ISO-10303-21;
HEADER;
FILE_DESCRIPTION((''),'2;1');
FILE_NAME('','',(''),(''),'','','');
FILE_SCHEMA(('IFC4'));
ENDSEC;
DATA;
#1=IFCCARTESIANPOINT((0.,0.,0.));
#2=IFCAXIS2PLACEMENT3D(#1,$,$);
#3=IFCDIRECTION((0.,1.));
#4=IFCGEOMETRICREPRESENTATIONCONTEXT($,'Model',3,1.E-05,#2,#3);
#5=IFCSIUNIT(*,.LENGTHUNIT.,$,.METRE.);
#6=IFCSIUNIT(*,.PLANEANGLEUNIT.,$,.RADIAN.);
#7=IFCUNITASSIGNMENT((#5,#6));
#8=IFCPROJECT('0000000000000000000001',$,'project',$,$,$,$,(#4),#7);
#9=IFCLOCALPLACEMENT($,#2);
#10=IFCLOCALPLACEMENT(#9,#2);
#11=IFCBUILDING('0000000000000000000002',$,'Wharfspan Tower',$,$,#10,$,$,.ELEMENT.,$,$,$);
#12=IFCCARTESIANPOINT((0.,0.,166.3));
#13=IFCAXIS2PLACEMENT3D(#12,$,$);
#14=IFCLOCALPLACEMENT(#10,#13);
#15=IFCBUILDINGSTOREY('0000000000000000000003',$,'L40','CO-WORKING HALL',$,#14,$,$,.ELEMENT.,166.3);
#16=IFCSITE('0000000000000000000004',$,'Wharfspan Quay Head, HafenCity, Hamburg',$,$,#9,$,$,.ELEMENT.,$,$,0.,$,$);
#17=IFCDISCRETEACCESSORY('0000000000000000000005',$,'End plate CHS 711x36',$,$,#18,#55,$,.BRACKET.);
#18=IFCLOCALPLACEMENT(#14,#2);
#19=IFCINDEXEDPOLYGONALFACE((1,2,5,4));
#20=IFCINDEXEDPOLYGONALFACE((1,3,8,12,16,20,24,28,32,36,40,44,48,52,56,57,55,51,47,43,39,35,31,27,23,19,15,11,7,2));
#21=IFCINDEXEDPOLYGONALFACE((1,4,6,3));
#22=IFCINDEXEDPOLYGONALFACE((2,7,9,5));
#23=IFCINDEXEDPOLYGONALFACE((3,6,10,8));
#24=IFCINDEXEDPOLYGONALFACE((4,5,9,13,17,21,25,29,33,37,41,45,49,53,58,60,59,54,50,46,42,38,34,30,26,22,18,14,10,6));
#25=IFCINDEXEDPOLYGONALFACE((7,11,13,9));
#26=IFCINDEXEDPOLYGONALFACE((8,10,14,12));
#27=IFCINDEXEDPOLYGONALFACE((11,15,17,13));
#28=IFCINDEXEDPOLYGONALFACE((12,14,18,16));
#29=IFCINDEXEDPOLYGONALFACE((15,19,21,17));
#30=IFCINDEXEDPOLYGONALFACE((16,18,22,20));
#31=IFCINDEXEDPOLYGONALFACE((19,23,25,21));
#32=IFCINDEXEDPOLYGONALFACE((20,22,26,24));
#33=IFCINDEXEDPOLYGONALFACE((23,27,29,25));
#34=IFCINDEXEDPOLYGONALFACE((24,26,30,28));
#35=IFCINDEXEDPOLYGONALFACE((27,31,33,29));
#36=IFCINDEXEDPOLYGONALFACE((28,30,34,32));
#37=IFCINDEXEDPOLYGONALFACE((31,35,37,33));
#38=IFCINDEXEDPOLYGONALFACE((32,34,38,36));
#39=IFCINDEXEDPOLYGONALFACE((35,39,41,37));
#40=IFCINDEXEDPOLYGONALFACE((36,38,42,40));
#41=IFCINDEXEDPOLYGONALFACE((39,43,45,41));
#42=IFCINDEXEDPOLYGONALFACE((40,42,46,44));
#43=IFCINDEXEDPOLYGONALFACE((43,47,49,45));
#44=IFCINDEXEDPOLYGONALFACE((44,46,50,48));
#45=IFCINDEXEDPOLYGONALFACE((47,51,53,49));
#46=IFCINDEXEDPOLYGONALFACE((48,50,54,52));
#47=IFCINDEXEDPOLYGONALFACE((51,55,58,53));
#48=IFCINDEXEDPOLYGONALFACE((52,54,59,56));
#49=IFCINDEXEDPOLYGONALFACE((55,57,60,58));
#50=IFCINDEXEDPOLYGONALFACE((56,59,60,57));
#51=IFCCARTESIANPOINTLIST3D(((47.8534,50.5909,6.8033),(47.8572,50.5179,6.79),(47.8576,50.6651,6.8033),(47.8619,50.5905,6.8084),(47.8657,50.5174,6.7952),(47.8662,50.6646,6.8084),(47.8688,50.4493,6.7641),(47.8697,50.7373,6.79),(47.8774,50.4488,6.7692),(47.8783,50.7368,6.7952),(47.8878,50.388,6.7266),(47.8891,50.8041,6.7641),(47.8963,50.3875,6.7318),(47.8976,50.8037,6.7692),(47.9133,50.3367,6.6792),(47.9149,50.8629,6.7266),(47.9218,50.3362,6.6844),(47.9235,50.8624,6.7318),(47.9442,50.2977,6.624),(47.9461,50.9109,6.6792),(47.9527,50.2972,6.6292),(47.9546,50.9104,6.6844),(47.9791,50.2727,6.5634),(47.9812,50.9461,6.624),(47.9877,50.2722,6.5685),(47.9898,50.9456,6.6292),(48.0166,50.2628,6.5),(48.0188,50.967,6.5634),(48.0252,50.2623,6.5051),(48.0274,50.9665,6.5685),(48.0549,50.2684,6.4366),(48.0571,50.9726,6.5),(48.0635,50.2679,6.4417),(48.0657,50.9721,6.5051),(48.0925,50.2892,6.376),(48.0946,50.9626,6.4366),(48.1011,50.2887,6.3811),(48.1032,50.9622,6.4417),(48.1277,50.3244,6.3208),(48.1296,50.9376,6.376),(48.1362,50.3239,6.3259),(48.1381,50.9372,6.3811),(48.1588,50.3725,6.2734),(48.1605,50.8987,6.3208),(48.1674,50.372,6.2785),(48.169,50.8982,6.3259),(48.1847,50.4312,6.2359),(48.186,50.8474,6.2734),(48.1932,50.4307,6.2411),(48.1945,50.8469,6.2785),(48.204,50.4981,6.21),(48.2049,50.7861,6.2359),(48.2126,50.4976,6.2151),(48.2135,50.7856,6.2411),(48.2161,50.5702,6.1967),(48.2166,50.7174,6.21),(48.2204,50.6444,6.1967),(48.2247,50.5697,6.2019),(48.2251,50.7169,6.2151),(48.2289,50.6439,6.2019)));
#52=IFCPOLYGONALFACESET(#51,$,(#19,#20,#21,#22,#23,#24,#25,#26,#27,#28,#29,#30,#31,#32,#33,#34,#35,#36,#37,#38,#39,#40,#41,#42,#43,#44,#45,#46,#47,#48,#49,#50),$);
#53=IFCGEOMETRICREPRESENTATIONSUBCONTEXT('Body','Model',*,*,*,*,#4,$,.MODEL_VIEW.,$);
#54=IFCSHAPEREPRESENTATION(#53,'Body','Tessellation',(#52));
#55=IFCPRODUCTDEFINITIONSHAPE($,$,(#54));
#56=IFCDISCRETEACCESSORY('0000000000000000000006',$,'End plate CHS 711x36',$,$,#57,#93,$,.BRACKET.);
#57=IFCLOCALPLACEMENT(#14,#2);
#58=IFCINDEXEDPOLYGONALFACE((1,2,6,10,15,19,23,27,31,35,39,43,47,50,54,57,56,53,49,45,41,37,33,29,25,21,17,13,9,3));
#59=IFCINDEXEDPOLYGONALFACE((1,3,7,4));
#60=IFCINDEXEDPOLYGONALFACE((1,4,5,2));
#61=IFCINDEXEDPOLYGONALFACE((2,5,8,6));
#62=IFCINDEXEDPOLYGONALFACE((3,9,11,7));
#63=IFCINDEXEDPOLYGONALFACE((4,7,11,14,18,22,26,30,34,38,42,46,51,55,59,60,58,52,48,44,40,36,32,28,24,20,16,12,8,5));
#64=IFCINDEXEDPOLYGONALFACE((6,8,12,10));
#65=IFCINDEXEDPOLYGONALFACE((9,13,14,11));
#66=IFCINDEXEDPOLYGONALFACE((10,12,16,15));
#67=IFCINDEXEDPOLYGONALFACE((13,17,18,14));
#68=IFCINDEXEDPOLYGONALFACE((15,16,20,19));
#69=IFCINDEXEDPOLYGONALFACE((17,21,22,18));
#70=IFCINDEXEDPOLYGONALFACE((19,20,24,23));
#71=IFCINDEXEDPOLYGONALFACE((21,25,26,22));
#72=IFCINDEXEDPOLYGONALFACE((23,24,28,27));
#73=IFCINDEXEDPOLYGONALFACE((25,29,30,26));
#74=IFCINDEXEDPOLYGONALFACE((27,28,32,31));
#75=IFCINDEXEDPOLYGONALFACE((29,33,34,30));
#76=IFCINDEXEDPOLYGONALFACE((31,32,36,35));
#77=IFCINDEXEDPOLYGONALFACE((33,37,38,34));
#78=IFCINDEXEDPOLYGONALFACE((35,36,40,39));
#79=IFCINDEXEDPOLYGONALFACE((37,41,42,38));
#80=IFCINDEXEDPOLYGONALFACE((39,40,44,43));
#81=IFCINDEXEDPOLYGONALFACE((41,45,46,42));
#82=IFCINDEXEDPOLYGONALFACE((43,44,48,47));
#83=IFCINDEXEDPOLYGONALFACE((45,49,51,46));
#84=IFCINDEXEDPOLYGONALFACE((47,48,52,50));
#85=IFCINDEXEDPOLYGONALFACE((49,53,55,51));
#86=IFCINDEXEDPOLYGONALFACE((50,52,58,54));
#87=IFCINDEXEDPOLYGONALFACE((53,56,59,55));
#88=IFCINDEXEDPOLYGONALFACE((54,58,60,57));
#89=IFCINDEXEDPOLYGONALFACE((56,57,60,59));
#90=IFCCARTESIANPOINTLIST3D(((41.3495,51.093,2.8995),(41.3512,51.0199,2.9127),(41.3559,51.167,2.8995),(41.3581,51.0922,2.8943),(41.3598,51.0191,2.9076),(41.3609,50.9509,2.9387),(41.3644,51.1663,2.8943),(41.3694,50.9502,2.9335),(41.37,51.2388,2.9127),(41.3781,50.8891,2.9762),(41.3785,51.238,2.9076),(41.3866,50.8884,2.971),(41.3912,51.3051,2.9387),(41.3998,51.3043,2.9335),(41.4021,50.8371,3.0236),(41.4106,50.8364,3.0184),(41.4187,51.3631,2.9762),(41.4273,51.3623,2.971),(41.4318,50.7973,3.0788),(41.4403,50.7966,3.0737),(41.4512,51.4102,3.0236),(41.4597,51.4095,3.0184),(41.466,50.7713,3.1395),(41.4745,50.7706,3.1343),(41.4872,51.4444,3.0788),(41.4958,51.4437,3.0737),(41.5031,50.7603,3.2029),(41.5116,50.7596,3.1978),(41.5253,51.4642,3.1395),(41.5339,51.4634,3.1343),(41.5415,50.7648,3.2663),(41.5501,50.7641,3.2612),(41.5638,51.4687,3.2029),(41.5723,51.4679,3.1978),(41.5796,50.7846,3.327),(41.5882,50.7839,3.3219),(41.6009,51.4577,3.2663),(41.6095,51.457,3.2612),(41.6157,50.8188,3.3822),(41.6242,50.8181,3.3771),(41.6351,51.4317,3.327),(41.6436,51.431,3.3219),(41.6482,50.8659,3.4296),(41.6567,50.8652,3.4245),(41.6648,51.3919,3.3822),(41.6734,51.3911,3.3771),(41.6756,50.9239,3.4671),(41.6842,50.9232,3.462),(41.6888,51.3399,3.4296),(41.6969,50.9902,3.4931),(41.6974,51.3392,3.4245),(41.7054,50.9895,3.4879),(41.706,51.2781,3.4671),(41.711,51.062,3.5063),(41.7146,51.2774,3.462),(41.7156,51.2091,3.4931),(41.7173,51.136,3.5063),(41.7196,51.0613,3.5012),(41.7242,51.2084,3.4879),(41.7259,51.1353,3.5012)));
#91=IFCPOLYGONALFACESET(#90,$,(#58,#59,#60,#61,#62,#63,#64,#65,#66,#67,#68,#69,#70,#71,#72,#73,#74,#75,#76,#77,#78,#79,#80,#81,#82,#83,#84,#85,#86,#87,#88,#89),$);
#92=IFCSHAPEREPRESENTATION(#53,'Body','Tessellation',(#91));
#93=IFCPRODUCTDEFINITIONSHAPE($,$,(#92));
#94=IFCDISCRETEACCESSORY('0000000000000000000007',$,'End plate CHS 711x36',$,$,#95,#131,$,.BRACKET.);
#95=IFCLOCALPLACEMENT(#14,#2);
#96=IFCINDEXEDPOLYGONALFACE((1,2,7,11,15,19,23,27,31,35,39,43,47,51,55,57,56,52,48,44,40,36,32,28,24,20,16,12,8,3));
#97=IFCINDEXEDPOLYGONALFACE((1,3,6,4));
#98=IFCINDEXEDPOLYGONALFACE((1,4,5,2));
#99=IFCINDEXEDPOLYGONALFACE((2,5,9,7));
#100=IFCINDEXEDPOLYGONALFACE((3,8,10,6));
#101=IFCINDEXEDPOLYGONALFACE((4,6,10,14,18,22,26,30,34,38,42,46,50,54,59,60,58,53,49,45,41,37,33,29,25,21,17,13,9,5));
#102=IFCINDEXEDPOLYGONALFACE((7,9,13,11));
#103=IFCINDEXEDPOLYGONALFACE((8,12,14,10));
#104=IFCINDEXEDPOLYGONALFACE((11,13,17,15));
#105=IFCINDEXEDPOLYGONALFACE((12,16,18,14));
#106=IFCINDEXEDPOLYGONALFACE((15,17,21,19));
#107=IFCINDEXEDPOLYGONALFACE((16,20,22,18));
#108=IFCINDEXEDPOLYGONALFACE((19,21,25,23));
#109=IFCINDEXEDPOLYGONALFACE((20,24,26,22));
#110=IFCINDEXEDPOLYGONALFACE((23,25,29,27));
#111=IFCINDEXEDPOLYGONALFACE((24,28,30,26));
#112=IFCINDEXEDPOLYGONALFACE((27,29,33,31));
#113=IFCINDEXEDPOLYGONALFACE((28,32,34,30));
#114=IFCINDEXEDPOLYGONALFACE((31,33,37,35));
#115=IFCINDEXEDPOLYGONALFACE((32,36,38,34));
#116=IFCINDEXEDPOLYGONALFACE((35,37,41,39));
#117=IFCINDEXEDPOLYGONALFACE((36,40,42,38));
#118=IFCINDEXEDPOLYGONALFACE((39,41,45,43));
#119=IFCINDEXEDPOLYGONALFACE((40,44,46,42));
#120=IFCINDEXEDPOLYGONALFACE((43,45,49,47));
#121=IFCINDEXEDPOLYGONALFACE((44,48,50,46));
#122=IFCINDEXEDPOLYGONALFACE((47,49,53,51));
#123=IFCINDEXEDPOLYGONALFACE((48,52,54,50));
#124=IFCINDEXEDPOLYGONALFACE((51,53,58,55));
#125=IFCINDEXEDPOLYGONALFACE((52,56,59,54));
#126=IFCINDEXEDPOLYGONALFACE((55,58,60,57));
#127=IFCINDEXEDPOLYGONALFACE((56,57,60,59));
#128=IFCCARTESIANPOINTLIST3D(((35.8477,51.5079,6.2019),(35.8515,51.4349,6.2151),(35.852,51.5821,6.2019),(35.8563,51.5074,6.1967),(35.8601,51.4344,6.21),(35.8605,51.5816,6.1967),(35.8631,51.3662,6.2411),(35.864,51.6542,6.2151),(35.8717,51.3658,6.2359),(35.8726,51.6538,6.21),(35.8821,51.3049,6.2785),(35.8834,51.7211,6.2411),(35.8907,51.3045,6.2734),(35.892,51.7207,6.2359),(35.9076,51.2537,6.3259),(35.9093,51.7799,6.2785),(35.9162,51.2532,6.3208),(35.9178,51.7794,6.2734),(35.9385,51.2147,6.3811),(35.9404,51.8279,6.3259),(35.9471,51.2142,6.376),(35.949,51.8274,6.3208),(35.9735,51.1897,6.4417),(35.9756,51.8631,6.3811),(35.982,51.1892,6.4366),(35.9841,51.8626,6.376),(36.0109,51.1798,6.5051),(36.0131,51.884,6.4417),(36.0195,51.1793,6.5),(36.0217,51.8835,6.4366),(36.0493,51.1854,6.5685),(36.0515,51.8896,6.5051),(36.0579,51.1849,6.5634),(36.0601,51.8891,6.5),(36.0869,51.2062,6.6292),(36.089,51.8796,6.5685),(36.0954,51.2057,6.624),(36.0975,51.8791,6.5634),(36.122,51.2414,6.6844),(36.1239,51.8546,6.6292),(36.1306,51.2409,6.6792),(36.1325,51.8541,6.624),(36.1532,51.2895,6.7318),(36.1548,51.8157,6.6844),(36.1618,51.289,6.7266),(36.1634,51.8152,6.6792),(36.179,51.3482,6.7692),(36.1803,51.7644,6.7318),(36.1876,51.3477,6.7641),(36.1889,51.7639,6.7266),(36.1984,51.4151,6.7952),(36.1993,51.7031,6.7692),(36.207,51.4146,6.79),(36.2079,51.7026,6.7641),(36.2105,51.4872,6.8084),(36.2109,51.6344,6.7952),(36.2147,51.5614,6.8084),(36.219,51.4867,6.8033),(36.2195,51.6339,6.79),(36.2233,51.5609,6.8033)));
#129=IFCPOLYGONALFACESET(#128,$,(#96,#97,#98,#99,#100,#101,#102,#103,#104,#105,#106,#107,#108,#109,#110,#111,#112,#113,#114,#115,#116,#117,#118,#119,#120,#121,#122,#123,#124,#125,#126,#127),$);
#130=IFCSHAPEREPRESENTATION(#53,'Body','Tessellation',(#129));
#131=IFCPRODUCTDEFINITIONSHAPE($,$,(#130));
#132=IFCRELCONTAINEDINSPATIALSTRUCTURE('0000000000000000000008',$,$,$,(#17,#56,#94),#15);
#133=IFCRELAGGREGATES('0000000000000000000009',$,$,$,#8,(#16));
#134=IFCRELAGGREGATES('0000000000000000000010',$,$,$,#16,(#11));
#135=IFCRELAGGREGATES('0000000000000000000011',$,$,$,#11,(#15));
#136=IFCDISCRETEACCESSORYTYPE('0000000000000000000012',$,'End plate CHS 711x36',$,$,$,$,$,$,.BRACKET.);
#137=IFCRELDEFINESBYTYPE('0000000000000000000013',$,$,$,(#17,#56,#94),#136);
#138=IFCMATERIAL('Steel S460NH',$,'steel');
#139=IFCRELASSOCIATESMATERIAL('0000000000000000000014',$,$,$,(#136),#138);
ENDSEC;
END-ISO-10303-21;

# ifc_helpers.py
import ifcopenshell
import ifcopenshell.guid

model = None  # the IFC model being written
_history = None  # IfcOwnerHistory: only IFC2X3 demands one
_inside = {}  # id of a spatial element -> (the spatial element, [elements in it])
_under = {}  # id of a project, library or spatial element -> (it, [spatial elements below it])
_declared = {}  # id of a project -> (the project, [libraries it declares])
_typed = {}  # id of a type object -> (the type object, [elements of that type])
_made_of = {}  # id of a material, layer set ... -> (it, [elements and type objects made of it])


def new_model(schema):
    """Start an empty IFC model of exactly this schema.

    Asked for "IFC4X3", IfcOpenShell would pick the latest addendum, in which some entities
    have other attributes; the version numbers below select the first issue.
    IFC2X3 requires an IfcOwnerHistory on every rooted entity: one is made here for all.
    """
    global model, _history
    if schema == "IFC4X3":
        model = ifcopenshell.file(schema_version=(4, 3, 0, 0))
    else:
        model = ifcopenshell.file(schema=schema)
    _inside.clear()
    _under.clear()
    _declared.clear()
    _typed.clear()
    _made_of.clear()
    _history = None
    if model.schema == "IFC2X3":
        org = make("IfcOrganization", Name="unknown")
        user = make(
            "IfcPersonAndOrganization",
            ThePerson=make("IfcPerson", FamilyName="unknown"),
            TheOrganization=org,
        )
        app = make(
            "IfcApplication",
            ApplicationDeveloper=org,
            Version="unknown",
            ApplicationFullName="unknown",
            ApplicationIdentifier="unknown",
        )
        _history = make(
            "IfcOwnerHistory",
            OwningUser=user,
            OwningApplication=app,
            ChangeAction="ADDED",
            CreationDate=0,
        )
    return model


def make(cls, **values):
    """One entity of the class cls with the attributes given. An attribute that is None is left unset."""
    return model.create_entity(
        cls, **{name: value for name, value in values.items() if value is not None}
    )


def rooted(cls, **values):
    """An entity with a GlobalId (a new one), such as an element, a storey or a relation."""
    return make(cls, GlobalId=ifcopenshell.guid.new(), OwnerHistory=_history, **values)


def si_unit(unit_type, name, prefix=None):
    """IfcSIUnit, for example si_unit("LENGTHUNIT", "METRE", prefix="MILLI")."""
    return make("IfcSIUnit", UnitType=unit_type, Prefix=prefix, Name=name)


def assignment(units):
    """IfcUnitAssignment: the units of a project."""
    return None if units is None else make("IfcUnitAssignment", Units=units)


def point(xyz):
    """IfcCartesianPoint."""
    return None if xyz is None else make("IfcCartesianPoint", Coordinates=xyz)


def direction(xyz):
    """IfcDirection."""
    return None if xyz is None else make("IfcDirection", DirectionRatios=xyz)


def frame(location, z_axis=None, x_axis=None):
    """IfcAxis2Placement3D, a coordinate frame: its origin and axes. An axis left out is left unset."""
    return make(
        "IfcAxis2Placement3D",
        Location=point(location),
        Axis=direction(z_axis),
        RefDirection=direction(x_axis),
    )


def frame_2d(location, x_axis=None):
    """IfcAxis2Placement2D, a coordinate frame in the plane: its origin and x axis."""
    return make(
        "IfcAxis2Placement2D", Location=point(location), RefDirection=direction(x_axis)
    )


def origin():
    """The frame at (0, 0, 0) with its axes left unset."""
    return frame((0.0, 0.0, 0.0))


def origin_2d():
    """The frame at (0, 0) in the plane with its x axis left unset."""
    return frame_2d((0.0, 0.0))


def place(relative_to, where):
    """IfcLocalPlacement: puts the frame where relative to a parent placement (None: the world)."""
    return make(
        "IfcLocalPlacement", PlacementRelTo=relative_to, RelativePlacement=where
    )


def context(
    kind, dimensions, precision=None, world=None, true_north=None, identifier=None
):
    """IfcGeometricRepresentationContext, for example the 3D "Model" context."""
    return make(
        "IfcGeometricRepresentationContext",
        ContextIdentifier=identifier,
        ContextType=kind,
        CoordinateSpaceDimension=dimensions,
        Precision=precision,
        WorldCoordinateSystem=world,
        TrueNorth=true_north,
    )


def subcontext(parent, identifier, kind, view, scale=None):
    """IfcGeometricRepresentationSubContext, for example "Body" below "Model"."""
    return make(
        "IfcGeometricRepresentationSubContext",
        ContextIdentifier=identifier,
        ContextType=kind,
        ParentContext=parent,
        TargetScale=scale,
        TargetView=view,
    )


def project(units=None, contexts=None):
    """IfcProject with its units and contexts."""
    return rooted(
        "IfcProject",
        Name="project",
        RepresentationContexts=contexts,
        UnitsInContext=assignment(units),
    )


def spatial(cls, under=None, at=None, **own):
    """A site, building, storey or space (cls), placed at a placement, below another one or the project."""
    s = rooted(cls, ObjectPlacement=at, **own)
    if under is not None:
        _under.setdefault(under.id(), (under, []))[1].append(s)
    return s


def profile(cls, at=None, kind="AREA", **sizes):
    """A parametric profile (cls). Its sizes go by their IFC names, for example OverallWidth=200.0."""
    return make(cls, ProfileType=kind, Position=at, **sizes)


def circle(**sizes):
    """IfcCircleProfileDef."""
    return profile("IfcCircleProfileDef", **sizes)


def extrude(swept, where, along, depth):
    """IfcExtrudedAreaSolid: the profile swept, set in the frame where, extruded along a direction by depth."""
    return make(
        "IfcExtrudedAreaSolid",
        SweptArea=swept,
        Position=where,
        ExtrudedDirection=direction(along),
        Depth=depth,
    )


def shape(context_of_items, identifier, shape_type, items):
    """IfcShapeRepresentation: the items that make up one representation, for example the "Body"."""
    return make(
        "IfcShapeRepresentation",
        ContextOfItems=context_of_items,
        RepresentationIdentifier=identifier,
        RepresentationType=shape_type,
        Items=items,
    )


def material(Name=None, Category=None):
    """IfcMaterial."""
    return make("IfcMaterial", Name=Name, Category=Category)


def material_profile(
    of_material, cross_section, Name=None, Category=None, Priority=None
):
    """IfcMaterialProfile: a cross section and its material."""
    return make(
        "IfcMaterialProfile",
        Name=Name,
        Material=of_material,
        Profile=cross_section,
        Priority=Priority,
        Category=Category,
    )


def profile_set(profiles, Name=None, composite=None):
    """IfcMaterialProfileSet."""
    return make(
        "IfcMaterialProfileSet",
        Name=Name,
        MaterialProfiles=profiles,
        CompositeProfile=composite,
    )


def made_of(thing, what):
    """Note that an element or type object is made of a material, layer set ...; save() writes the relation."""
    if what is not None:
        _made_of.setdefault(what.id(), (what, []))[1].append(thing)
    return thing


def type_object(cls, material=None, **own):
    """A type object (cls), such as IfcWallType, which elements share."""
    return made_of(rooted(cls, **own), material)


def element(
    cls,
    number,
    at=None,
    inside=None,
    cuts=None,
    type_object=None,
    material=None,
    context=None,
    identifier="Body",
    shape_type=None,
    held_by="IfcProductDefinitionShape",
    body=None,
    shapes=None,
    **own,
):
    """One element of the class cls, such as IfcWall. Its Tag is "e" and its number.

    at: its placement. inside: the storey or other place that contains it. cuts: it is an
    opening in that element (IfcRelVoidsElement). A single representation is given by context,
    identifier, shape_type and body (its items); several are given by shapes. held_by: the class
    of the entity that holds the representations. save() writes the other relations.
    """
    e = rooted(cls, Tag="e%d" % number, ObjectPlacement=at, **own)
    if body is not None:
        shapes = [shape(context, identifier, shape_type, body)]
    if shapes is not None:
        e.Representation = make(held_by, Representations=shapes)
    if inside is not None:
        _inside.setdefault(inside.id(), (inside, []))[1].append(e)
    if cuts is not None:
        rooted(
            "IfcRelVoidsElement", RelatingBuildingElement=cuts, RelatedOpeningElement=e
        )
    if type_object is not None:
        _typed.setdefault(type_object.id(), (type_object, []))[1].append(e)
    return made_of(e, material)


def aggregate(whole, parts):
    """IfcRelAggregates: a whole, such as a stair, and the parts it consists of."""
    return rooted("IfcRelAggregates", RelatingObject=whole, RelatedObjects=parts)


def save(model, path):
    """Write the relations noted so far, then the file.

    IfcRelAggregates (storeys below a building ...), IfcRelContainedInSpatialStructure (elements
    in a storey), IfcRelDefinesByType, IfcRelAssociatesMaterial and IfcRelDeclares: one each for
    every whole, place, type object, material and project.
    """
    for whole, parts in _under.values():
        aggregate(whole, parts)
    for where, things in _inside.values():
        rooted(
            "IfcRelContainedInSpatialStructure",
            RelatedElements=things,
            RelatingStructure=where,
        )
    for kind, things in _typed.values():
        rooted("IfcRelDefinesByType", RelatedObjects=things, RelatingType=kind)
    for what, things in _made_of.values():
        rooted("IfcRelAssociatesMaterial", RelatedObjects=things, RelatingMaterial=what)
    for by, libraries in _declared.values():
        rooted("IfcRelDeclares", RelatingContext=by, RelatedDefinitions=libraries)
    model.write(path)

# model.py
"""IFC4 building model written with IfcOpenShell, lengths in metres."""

from ifc_helpers import new_model, si_unit, direction, frame, origin, origin_2d, place, context, subcontext, project, spatial, circle, extrude, material, material_profile, profile_set, type_object, element, save


model = new_model("IFC4")

# Units and contexts
model_context = context("Model", 3, precision=1e-05, world=origin(), true_north=direction((0.0, 1.0)))
body_context = subcontext(model_context, "Body", "Model", "MODEL_VIEW")
ifc_project = project(units=[si_unit("LENGTHUNIT", "METRE"), si_unit("PLANEANGLEUNIT", "RADIAN")], contexts=[model_context])

# Site, building, storey
site_placement = place(None, origin())
site = spatial("IfcSite", under=ifc_project, at=site_placement, Name="Wharfspan Quay Head, HafenCity, Hamburg", CompositionType="ELEMENT", RefElevation=0.0)
building_placement = place(site_placement, origin())
building = spatial("IfcBuilding", under=site, at=building_placement, Name="Wharfspan Tower", CompositionType="ELEMENT")
storey_placement = place(building_placement, frame((0.0, 0.0, 166.3)))
storey = spatial("IfcBuildingStorey", under=building, at=storey_placement, Name="L40", Description="CO-WORKING HALL", CompositionType="ELEMENT", Elevation=166.3)

# Shared definitions
ifc_material_1 = material(Name="Steel S460NH", Category="steel")

# Discrete accessories
ifc_material_profile_1 = material_profile(ifc_material_1, circle(Radius=0.3555, at=origin_2d()))
ifc_profile_set_1 = profile_set([ifc_material_profile_1], Name="Steel S460NH")
discrete_accessory_type = type_object("IfcDiscreteAccessoryType", Name="End plate CHS 711x36", PredefinedType="BRACKET", material=ifc_profile_set_1)
for number, where, z_axis, x_axis, name in (
    (1, (48.0369, 50.6177, 6.5), (0.856465, -0.048941, 0.513879), (0.05705, 0.998372, 0.0), "End plate CHS 711x36"),
    (2, (41.542, 51.1138, 3.1978), (-0.855186, 0.073302, 0.513112), (-0.085402, -0.996345, -0.000001), "End plate CHS 711x36"),
    (3, (36.0398, 51.5342, 6.5), (-0.856465, 0.048941, 0.513879), (-0.05705, -0.998372, 0.0), "End plate CHS 711x36"),
):
    element("IfcDiscreteAccessory", number, at=place(storey_placement, frame(where, z_axis=z_axis, x_axis=x_axis)), inside=storey, type_object=discrete_accessory_type, Name=name, PredefinedType="BRACKET", context=body_context, shape_type="SweptSolid", body=[
        extrude(circle(Radius=0.3555, at=origin_2d()), origin(), (0.0, 0.0, 1.0), 0.01),
    ])

save(model, "model.ifc")
